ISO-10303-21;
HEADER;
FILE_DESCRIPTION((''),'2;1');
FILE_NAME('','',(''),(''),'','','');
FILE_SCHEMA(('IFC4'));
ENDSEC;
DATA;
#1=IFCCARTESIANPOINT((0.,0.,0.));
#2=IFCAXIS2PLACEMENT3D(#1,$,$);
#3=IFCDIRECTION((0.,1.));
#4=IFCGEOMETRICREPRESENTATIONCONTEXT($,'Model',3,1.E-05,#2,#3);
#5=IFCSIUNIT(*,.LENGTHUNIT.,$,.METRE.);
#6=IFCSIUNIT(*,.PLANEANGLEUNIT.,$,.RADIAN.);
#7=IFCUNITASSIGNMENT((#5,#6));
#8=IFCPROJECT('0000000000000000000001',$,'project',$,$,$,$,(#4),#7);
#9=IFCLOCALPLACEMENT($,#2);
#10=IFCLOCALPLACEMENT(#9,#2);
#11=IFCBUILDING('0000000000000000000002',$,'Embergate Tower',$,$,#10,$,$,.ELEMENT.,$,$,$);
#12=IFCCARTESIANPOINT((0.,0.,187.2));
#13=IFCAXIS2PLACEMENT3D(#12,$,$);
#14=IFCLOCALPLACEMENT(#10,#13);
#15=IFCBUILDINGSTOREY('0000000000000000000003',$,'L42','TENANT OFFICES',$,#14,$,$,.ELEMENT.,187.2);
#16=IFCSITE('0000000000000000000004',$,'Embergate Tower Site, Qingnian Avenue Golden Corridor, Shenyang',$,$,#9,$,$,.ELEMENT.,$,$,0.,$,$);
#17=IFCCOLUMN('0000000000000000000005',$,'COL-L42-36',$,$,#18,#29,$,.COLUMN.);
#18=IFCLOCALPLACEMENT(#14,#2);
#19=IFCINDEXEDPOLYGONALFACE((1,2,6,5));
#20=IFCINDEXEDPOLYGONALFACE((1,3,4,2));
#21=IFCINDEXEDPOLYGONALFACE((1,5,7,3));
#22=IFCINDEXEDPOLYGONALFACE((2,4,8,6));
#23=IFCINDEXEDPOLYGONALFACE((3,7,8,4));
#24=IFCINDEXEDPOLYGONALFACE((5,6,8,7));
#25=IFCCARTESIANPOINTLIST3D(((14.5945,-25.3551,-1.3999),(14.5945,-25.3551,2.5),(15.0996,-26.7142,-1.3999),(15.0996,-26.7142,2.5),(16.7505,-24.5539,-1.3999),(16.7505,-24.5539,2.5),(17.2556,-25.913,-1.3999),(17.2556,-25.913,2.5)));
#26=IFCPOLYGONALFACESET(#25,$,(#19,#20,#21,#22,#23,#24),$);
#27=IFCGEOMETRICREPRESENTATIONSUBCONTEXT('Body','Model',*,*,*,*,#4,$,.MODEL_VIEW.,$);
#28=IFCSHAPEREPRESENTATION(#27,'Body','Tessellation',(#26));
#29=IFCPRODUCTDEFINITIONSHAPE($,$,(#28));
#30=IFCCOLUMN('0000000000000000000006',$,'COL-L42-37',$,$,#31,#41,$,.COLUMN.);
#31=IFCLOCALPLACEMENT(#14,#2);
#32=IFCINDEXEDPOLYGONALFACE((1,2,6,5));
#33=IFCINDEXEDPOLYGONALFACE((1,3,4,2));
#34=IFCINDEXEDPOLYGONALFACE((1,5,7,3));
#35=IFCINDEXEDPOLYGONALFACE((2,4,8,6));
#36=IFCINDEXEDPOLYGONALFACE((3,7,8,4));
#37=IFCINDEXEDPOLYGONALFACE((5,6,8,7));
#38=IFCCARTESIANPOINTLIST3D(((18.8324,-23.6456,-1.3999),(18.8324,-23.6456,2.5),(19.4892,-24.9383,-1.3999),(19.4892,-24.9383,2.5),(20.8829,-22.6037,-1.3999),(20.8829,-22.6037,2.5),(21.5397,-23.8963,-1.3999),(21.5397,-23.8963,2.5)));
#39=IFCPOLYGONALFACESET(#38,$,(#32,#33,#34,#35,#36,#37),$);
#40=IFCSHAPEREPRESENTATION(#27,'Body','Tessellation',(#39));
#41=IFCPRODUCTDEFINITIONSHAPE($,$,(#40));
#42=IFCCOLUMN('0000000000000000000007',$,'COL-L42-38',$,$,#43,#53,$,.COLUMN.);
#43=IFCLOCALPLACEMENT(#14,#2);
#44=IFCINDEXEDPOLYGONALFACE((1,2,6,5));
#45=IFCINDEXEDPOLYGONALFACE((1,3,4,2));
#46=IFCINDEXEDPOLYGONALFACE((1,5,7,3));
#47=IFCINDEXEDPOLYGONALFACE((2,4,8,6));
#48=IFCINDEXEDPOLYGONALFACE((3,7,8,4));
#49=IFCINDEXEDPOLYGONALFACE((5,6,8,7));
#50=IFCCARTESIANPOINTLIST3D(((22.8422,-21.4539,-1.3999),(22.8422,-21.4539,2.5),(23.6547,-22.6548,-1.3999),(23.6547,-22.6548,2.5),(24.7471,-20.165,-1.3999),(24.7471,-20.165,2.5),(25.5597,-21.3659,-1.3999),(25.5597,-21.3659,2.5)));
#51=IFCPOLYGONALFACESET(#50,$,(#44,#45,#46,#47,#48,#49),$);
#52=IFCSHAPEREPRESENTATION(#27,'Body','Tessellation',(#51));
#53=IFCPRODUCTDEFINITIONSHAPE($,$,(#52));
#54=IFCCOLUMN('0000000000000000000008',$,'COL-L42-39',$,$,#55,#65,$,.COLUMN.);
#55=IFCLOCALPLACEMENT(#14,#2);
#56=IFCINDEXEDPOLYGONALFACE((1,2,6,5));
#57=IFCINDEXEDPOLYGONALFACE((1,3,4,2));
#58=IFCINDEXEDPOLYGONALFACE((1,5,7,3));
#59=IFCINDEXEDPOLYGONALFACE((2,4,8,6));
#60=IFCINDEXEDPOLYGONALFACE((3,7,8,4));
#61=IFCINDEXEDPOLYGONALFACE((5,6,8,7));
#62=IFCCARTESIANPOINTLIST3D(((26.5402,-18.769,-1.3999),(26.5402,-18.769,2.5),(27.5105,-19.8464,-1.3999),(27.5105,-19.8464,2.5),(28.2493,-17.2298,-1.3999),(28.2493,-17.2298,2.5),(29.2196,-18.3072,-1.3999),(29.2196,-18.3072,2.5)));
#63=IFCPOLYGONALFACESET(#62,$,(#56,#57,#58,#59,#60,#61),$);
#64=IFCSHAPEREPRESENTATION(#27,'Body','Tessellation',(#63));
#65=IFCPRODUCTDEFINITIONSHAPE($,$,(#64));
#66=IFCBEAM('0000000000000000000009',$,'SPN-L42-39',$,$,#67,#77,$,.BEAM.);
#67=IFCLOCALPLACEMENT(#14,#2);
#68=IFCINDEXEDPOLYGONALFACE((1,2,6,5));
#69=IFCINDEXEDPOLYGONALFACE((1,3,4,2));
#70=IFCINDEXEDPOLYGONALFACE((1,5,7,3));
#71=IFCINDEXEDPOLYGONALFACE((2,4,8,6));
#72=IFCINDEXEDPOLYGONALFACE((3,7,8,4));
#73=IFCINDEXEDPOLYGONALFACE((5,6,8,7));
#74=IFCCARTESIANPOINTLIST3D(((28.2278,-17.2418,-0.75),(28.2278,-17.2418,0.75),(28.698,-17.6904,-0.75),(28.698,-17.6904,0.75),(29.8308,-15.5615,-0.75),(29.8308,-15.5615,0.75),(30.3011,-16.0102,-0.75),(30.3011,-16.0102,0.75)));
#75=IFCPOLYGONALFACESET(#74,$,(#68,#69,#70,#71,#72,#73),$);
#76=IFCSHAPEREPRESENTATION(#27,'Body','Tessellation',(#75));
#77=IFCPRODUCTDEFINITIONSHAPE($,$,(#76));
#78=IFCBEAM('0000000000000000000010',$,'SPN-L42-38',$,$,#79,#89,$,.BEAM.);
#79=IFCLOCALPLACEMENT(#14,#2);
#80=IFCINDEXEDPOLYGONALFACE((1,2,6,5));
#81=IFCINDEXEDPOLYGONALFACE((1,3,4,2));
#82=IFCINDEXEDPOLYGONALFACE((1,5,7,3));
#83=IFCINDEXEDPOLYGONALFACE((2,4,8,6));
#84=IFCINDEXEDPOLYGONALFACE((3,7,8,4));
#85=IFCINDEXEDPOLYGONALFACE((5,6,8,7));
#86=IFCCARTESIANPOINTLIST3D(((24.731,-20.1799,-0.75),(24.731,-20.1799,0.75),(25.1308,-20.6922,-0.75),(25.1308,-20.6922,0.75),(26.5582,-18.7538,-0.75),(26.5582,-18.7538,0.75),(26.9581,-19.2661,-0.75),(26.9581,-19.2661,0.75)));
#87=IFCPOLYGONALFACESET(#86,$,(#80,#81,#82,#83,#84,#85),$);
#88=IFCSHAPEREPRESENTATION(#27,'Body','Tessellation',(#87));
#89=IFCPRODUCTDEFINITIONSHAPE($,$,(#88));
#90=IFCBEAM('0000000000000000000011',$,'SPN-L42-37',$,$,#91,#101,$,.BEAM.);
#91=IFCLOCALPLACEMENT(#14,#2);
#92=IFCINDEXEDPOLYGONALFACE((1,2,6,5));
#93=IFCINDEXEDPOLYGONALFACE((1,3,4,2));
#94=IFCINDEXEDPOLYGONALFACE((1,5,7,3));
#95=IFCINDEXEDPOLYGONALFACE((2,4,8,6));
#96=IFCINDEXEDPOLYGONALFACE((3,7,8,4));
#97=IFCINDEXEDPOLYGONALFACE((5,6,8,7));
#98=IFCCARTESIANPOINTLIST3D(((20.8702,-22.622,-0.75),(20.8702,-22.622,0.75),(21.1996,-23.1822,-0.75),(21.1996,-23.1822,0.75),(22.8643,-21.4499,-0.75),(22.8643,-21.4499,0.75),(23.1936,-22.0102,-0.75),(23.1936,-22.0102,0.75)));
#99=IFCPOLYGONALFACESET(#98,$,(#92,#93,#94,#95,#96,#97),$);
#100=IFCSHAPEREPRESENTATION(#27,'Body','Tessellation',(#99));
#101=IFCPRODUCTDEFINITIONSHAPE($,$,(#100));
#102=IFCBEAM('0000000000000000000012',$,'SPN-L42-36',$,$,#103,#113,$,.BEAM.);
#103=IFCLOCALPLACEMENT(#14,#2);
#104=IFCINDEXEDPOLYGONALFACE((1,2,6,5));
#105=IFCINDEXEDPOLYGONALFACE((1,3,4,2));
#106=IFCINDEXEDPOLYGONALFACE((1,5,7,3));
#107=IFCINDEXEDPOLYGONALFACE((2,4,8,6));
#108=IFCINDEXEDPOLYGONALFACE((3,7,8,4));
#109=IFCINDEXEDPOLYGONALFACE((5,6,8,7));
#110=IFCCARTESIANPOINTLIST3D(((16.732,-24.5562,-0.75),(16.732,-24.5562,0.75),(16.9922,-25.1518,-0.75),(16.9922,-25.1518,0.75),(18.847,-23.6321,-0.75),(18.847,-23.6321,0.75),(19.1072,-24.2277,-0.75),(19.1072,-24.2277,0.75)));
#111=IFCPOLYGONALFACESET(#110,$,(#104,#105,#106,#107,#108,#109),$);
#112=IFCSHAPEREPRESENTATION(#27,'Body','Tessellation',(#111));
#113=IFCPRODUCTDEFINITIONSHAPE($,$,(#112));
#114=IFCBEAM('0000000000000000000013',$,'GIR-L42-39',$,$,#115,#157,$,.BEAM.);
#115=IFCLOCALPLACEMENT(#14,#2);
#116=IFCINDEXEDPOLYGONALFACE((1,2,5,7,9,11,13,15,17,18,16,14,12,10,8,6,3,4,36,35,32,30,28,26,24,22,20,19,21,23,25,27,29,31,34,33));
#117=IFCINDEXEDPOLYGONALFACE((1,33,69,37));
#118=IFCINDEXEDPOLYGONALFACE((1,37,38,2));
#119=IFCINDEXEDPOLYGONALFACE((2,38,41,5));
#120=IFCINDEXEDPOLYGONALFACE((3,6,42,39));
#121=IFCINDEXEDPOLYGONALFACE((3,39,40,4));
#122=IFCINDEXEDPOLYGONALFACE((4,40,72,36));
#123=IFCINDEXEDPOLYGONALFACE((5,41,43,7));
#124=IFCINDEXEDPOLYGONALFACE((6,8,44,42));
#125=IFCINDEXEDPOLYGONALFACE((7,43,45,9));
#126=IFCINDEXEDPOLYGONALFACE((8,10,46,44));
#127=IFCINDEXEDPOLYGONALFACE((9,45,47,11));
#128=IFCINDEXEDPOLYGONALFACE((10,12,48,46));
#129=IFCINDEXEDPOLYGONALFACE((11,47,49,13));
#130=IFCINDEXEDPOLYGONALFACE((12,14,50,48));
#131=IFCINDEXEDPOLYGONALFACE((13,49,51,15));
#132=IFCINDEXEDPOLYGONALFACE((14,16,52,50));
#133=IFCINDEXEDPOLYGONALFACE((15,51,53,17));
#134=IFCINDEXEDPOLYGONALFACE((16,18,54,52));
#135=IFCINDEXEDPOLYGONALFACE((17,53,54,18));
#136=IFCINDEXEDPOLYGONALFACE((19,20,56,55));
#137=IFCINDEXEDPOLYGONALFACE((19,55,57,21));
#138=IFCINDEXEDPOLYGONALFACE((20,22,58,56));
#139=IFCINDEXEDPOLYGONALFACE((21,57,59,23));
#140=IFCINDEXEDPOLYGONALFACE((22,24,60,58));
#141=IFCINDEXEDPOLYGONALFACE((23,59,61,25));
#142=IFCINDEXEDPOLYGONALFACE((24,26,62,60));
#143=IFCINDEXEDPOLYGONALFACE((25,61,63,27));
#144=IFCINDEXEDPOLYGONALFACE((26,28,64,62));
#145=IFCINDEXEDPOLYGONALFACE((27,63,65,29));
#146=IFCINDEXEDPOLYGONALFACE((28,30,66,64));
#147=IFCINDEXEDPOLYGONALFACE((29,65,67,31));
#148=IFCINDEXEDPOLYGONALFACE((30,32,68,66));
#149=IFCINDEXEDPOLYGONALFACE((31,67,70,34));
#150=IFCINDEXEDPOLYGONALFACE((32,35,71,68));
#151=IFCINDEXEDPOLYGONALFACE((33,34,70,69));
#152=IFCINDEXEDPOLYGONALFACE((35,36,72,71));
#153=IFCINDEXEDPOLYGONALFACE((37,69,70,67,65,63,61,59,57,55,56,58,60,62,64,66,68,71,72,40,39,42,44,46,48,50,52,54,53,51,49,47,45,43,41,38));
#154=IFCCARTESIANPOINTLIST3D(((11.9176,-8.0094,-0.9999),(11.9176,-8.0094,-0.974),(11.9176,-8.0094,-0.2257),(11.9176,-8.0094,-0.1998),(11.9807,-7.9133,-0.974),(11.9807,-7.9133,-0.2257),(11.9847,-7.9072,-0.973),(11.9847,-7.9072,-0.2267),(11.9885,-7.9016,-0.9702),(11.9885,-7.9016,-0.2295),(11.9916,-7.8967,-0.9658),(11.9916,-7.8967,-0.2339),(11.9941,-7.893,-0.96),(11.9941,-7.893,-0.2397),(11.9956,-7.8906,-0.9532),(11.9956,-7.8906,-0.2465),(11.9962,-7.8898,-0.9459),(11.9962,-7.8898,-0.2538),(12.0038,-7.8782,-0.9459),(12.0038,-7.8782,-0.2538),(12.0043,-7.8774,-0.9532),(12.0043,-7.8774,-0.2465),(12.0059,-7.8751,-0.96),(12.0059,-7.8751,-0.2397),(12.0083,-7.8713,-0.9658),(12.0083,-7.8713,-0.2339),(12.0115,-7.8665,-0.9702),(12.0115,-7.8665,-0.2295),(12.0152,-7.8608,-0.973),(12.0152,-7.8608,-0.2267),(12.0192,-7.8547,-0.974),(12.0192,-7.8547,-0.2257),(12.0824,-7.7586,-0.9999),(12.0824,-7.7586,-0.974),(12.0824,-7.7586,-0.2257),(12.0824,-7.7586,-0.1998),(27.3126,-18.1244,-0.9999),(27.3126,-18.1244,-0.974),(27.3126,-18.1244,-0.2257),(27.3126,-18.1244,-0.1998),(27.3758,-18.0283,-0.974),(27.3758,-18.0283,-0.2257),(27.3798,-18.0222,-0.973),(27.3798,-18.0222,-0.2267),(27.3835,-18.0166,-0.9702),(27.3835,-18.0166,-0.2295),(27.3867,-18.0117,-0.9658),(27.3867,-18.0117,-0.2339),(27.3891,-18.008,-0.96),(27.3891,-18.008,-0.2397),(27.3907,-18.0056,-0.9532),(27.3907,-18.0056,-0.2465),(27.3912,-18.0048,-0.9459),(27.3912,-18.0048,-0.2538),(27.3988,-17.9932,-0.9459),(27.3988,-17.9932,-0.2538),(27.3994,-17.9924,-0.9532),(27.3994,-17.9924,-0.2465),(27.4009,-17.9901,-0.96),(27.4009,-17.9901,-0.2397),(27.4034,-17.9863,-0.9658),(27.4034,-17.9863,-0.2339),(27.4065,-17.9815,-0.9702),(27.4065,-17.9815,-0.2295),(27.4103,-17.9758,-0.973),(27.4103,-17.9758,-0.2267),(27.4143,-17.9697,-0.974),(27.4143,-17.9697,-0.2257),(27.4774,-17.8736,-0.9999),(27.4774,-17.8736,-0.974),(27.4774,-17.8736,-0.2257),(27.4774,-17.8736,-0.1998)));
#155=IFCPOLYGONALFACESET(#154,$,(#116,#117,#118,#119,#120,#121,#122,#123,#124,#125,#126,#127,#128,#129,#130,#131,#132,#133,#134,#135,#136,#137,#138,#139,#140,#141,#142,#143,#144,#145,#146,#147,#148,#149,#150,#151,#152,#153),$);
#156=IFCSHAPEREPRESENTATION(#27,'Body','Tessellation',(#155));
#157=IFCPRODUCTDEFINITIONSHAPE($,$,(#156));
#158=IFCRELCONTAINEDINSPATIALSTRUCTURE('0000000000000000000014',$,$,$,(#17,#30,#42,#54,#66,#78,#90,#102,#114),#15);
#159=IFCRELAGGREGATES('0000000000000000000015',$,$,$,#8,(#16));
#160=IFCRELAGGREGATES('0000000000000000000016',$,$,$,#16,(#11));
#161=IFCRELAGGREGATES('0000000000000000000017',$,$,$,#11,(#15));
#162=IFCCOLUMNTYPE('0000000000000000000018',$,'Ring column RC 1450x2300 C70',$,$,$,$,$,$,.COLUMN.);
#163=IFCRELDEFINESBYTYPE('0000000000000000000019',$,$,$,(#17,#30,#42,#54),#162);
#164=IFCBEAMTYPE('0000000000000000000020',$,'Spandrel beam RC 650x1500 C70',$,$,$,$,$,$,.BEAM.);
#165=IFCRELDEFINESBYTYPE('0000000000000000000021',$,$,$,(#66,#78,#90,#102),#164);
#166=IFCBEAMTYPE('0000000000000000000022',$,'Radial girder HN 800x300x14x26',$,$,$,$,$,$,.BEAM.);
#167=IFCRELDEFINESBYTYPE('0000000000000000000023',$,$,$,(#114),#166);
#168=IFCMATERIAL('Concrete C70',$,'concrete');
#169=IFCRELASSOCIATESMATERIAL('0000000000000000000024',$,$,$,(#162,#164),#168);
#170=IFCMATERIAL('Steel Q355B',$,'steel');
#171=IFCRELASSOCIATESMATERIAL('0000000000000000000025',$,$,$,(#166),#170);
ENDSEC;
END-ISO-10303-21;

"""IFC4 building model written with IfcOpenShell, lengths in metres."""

from ifc_helpers import new_model, si_unit, direction, frame, origin, origin_2d, place, context, subcontext, project, spatial, rectangle, i_section, extrude, source, transform, mapped, material, material_profile, profile_set, type_object, element, save


model = new_model("IFC4")

# Units and contexts
model_context = context("Model", 3, precision=1e-05, world=origin(), true_north=direction((0.0, 1.0)))
body_context = subcontext(model_context, "Body", "Model", "MODEL_VIEW")
ifc_project = project(units=[si_unit("LENGTHUNIT", "METRE"), si_unit("PLANEANGLEUNIT", "RADIAN")], contexts=[model_context])

# Site, building, storey
site_placement = place(None, origin())
site = spatial("IfcSite", under=ifc_project, at=site_placement, Name="Embergate Tower Site, Qingnian Avenue Golden Corridor, Shenyang", CompositionType="ELEMENT", RefElevation=0.0)
building_placement = place(site_placement, origin())
building = spatial("IfcBuilding", under=site, at=building_placement, Name="Embergate Tower", CompositionType="ELEMENT")
storey_placement = place(building_placement, frame((0.0, 0.0, 187.2)))
storey = spatial("IfcBuildingStorey", under=building, at=storey_placement, Name="L42", Description="TENANT OFFICES", CompositionType="ELEMENT", Elevation=187.2)

# Columns
ifc_material_1 = material(Name="Concrete C70", Category="concrete")
ifc_material_profile_1 = material_profile(ifc_material_1, rectangle(XDim=1.45, YDim=2.3, at=origin_2d()), Name="RC 1450x2300")
ifc_profile_set_1 = profile_set([ifc_material_profile_1], Name="Concrete C70")
column_type = type_object("IfcColumnType", Name="Ring column RC 1450x2300 C70", PredefinedType="COLUMN", material=ifc_profile_set_1)
shared_shape_1 = source(origin(), body_context, "Body", "SweptSolid", [
    extrude(rectangle(XDim=1.45, YDim=2.3, at=origin_2d()), origin(), (0.0, 0.0, 1.0), 3.8999),
])
for number, where, z_axis, x_axis, name in (
    (1, (15.925, -25.634, -1.3999), (0.0, 0.0, 1.0), (0.348343, -0.937367, 0.0), "COL-L42-36"),
    (2, (20.186, -23.771, -1.3999), (0.0, 0.0, 1.0), (0.453011, -0.891505, 0.0), "COL-L42-37"),
    (3, (24.2009, -21.4099, -1.3999), (0.0, 0.0, 1.0), (0.560393, -0.828227, 0.0), "COL-L42-38"),
    (4, (27.8799, -18.5381, -1.3999), (0.0, 0.0, 1.0), (0.669208, -0.743075, 0.0), "COL-L42-39"),
):
    element("IfcColumn", number, at=place(storey_placement, frame(where, z_axis=z_axis, x_axis=x_axis)), inside=storey, type_object=column_type, Name=name, PredefinedType="COLUMN", context=body_context, shape_type="MappedRepresentation", body=[
        mapped(shared_shape_1, transform((0.0, 0.0, 0.0))),
    ])

# Beams
ifc_material_profile_2 = material_profile(ifc_material_1, rectangle(XDim=0.6499, YDim=1.5, at=origin_2d()), Name="RC 650x1500")
ifc_profile_set_2 = profile_set([ifc_material_profile_2], Name="Concrete C70")
beam_type_1 = type_object("IfcBeamType", Name="Spandrel beam RC 650x1500 C70", PredefinedType="BEAM", material=ifc_profile_set_2)
shared_shape_2 = source(origin(), body_context, "Body", "SweptSolid", [
    extrude(rectangle(XDim=0.6499, YDim=1.5, at=origin_2d()), origin(), (0.0, 0.0, 1.0), 2.3223),
])
beam_1_placement = place(storey_placement, frame((28.4629, -17.4661, 0.0), z_axis=(0.690301, 0.723523, 0.0), x_axis=(-0.723523, 0.690301, 0.0)))
element("IfcBeam", 5, at=beam_1_placement, inside=storey, type_object=beam_type_1, Name="SPN-L42-39", PredefinedType="BEAM", context=body_context, shape_type="MappedRepresentation", body=[
    mapped(shared_shape_2, transform((0.0, 0.0, 0.0))),
])
shared_shape_3 = source(origin(), body_context, "Body", "SweptSolid", [
    extrude(rectangle(XDim=0.6499, YDim=1.5, at=origin_2d()), origin(), (0.0, 0.0, 1.0), 2.3179),
])
beam_2_placement = place(storey_placement, frame((24.9309, -20.436, 0.0), z_axis=(0.788325, 0.61526, 0.0), x_axis=(-0.61526, 0.788325, 0.0)))
element("IfcBeam", 6, at=beam_2_placement, inside=storey, type_object=beam_type_1, Name="SPN-L42-38", PredefinedType="BEAM", context=body_context, shape_type="MappedRepresentation", body=[
    mapped(shared_shape_3, transform((0.0, 0.0, 0.0))),
])
shared_shape_4 = source(origin(), body_context, "Body", "SweptSolid", [
    extrude(rectangle(XDim=0.6499, YDim=1.5, at=origin_2d()), origin(), (0.0, 0.0, 1.0), 2.313),
])
beam_3_placement = place(storey_placement, frame((21.0349, -22.9021, 0.0), z_axis=(0.862105, 0.50673, 0.0), x_axis=(-0.50673, 0.862105, 0.0)))
element("IfcBeam", 7, at=beam_3_placement, inside=storey, type_object=beam_type_1, Name="SPN-L42-37", PredefinedType="BEAM", context=body_context, shape_type="MappedRepresentation", body=[
    mapped(shared_shape_4, transform((0.0, 0.0, 0.0))),
])
shared_shape_5 = source(origin(), body_context, "Body", "SweptSolid", [
    extrude(rectangle(XDim=0.6499, YDim=1.5, at=origin_2d()), origin(), (0.0, 0.0, 1.0), 2.3081),
])
beam_4_placement = place(storey_placement, frame((16.8621, -24.854, 0.0), z_axis=(0.916354, 0.400369, 0.0), x_axis=(-0.400369, 0.916354, 0.0)))
element("IfcBeam", 8, at=beam_4_placement, inside=storey, type_object=beam_type_1, Name="SPN-L42-36", PredefinedType="BEAM", context=body_context, shape_type="MappedRepresentation", body=[
    mapped(shared_shape_5, transform((0.0, 0.0, 0.0))),
])
ifc_material_2 = material(Name="Steel Q355B", Category="steel")
ifc_material_profile_3 = material_profile(ifc_material_2, i_section(OverallWidth=0.3, OverallDepth=0.8, WebThickness=0.0139, FlangeThickness=0.0259, FilletRadius=0.0281, at=origin_2d()), Name="HN 800x300x14x26")
ifc_profile_set_3 = profile_set([ifc_material_profile_3], Name="Steel Q355 grade B")
beam_type_2 = type_object("IfcBeamType", Name="Radial girder HN 800x300x14x26", PredefinedType="BEAM", material=ifc_profile_set_3)
shared_shape_6 = source(origin(), body_context, "Body", "SweptSolid", [
    extrude(i_section(OverallWidth=0.3, OverallDepth=0.8, WebThickness=0.0139, FlangeThickness=0.0259, FilletRadius=0.0281, at=origin_2d()), origin(), (0.0, 0.0, 1.0), 18.4207),
])
beam_5_placement = place(storey_placement, frame((27.395, -17.999, -0.5999), z_axis=(-0.835749, 0.549112, 0.0), x_axis=(-0.549112, -0.835749, 0.0)))
element("IfcBeam", 9, at=beam_5_placement, inside=storey, type_object=beam_type_2, Name="GIR-L42-39", PredefinedType="BEAM", context=body_context, shape_type="MappedRepresentation", body=[
    mapped(shared_shape_6, transform((0.0, 0.0, 0.0))),
])

save(model, "model.ifc")
